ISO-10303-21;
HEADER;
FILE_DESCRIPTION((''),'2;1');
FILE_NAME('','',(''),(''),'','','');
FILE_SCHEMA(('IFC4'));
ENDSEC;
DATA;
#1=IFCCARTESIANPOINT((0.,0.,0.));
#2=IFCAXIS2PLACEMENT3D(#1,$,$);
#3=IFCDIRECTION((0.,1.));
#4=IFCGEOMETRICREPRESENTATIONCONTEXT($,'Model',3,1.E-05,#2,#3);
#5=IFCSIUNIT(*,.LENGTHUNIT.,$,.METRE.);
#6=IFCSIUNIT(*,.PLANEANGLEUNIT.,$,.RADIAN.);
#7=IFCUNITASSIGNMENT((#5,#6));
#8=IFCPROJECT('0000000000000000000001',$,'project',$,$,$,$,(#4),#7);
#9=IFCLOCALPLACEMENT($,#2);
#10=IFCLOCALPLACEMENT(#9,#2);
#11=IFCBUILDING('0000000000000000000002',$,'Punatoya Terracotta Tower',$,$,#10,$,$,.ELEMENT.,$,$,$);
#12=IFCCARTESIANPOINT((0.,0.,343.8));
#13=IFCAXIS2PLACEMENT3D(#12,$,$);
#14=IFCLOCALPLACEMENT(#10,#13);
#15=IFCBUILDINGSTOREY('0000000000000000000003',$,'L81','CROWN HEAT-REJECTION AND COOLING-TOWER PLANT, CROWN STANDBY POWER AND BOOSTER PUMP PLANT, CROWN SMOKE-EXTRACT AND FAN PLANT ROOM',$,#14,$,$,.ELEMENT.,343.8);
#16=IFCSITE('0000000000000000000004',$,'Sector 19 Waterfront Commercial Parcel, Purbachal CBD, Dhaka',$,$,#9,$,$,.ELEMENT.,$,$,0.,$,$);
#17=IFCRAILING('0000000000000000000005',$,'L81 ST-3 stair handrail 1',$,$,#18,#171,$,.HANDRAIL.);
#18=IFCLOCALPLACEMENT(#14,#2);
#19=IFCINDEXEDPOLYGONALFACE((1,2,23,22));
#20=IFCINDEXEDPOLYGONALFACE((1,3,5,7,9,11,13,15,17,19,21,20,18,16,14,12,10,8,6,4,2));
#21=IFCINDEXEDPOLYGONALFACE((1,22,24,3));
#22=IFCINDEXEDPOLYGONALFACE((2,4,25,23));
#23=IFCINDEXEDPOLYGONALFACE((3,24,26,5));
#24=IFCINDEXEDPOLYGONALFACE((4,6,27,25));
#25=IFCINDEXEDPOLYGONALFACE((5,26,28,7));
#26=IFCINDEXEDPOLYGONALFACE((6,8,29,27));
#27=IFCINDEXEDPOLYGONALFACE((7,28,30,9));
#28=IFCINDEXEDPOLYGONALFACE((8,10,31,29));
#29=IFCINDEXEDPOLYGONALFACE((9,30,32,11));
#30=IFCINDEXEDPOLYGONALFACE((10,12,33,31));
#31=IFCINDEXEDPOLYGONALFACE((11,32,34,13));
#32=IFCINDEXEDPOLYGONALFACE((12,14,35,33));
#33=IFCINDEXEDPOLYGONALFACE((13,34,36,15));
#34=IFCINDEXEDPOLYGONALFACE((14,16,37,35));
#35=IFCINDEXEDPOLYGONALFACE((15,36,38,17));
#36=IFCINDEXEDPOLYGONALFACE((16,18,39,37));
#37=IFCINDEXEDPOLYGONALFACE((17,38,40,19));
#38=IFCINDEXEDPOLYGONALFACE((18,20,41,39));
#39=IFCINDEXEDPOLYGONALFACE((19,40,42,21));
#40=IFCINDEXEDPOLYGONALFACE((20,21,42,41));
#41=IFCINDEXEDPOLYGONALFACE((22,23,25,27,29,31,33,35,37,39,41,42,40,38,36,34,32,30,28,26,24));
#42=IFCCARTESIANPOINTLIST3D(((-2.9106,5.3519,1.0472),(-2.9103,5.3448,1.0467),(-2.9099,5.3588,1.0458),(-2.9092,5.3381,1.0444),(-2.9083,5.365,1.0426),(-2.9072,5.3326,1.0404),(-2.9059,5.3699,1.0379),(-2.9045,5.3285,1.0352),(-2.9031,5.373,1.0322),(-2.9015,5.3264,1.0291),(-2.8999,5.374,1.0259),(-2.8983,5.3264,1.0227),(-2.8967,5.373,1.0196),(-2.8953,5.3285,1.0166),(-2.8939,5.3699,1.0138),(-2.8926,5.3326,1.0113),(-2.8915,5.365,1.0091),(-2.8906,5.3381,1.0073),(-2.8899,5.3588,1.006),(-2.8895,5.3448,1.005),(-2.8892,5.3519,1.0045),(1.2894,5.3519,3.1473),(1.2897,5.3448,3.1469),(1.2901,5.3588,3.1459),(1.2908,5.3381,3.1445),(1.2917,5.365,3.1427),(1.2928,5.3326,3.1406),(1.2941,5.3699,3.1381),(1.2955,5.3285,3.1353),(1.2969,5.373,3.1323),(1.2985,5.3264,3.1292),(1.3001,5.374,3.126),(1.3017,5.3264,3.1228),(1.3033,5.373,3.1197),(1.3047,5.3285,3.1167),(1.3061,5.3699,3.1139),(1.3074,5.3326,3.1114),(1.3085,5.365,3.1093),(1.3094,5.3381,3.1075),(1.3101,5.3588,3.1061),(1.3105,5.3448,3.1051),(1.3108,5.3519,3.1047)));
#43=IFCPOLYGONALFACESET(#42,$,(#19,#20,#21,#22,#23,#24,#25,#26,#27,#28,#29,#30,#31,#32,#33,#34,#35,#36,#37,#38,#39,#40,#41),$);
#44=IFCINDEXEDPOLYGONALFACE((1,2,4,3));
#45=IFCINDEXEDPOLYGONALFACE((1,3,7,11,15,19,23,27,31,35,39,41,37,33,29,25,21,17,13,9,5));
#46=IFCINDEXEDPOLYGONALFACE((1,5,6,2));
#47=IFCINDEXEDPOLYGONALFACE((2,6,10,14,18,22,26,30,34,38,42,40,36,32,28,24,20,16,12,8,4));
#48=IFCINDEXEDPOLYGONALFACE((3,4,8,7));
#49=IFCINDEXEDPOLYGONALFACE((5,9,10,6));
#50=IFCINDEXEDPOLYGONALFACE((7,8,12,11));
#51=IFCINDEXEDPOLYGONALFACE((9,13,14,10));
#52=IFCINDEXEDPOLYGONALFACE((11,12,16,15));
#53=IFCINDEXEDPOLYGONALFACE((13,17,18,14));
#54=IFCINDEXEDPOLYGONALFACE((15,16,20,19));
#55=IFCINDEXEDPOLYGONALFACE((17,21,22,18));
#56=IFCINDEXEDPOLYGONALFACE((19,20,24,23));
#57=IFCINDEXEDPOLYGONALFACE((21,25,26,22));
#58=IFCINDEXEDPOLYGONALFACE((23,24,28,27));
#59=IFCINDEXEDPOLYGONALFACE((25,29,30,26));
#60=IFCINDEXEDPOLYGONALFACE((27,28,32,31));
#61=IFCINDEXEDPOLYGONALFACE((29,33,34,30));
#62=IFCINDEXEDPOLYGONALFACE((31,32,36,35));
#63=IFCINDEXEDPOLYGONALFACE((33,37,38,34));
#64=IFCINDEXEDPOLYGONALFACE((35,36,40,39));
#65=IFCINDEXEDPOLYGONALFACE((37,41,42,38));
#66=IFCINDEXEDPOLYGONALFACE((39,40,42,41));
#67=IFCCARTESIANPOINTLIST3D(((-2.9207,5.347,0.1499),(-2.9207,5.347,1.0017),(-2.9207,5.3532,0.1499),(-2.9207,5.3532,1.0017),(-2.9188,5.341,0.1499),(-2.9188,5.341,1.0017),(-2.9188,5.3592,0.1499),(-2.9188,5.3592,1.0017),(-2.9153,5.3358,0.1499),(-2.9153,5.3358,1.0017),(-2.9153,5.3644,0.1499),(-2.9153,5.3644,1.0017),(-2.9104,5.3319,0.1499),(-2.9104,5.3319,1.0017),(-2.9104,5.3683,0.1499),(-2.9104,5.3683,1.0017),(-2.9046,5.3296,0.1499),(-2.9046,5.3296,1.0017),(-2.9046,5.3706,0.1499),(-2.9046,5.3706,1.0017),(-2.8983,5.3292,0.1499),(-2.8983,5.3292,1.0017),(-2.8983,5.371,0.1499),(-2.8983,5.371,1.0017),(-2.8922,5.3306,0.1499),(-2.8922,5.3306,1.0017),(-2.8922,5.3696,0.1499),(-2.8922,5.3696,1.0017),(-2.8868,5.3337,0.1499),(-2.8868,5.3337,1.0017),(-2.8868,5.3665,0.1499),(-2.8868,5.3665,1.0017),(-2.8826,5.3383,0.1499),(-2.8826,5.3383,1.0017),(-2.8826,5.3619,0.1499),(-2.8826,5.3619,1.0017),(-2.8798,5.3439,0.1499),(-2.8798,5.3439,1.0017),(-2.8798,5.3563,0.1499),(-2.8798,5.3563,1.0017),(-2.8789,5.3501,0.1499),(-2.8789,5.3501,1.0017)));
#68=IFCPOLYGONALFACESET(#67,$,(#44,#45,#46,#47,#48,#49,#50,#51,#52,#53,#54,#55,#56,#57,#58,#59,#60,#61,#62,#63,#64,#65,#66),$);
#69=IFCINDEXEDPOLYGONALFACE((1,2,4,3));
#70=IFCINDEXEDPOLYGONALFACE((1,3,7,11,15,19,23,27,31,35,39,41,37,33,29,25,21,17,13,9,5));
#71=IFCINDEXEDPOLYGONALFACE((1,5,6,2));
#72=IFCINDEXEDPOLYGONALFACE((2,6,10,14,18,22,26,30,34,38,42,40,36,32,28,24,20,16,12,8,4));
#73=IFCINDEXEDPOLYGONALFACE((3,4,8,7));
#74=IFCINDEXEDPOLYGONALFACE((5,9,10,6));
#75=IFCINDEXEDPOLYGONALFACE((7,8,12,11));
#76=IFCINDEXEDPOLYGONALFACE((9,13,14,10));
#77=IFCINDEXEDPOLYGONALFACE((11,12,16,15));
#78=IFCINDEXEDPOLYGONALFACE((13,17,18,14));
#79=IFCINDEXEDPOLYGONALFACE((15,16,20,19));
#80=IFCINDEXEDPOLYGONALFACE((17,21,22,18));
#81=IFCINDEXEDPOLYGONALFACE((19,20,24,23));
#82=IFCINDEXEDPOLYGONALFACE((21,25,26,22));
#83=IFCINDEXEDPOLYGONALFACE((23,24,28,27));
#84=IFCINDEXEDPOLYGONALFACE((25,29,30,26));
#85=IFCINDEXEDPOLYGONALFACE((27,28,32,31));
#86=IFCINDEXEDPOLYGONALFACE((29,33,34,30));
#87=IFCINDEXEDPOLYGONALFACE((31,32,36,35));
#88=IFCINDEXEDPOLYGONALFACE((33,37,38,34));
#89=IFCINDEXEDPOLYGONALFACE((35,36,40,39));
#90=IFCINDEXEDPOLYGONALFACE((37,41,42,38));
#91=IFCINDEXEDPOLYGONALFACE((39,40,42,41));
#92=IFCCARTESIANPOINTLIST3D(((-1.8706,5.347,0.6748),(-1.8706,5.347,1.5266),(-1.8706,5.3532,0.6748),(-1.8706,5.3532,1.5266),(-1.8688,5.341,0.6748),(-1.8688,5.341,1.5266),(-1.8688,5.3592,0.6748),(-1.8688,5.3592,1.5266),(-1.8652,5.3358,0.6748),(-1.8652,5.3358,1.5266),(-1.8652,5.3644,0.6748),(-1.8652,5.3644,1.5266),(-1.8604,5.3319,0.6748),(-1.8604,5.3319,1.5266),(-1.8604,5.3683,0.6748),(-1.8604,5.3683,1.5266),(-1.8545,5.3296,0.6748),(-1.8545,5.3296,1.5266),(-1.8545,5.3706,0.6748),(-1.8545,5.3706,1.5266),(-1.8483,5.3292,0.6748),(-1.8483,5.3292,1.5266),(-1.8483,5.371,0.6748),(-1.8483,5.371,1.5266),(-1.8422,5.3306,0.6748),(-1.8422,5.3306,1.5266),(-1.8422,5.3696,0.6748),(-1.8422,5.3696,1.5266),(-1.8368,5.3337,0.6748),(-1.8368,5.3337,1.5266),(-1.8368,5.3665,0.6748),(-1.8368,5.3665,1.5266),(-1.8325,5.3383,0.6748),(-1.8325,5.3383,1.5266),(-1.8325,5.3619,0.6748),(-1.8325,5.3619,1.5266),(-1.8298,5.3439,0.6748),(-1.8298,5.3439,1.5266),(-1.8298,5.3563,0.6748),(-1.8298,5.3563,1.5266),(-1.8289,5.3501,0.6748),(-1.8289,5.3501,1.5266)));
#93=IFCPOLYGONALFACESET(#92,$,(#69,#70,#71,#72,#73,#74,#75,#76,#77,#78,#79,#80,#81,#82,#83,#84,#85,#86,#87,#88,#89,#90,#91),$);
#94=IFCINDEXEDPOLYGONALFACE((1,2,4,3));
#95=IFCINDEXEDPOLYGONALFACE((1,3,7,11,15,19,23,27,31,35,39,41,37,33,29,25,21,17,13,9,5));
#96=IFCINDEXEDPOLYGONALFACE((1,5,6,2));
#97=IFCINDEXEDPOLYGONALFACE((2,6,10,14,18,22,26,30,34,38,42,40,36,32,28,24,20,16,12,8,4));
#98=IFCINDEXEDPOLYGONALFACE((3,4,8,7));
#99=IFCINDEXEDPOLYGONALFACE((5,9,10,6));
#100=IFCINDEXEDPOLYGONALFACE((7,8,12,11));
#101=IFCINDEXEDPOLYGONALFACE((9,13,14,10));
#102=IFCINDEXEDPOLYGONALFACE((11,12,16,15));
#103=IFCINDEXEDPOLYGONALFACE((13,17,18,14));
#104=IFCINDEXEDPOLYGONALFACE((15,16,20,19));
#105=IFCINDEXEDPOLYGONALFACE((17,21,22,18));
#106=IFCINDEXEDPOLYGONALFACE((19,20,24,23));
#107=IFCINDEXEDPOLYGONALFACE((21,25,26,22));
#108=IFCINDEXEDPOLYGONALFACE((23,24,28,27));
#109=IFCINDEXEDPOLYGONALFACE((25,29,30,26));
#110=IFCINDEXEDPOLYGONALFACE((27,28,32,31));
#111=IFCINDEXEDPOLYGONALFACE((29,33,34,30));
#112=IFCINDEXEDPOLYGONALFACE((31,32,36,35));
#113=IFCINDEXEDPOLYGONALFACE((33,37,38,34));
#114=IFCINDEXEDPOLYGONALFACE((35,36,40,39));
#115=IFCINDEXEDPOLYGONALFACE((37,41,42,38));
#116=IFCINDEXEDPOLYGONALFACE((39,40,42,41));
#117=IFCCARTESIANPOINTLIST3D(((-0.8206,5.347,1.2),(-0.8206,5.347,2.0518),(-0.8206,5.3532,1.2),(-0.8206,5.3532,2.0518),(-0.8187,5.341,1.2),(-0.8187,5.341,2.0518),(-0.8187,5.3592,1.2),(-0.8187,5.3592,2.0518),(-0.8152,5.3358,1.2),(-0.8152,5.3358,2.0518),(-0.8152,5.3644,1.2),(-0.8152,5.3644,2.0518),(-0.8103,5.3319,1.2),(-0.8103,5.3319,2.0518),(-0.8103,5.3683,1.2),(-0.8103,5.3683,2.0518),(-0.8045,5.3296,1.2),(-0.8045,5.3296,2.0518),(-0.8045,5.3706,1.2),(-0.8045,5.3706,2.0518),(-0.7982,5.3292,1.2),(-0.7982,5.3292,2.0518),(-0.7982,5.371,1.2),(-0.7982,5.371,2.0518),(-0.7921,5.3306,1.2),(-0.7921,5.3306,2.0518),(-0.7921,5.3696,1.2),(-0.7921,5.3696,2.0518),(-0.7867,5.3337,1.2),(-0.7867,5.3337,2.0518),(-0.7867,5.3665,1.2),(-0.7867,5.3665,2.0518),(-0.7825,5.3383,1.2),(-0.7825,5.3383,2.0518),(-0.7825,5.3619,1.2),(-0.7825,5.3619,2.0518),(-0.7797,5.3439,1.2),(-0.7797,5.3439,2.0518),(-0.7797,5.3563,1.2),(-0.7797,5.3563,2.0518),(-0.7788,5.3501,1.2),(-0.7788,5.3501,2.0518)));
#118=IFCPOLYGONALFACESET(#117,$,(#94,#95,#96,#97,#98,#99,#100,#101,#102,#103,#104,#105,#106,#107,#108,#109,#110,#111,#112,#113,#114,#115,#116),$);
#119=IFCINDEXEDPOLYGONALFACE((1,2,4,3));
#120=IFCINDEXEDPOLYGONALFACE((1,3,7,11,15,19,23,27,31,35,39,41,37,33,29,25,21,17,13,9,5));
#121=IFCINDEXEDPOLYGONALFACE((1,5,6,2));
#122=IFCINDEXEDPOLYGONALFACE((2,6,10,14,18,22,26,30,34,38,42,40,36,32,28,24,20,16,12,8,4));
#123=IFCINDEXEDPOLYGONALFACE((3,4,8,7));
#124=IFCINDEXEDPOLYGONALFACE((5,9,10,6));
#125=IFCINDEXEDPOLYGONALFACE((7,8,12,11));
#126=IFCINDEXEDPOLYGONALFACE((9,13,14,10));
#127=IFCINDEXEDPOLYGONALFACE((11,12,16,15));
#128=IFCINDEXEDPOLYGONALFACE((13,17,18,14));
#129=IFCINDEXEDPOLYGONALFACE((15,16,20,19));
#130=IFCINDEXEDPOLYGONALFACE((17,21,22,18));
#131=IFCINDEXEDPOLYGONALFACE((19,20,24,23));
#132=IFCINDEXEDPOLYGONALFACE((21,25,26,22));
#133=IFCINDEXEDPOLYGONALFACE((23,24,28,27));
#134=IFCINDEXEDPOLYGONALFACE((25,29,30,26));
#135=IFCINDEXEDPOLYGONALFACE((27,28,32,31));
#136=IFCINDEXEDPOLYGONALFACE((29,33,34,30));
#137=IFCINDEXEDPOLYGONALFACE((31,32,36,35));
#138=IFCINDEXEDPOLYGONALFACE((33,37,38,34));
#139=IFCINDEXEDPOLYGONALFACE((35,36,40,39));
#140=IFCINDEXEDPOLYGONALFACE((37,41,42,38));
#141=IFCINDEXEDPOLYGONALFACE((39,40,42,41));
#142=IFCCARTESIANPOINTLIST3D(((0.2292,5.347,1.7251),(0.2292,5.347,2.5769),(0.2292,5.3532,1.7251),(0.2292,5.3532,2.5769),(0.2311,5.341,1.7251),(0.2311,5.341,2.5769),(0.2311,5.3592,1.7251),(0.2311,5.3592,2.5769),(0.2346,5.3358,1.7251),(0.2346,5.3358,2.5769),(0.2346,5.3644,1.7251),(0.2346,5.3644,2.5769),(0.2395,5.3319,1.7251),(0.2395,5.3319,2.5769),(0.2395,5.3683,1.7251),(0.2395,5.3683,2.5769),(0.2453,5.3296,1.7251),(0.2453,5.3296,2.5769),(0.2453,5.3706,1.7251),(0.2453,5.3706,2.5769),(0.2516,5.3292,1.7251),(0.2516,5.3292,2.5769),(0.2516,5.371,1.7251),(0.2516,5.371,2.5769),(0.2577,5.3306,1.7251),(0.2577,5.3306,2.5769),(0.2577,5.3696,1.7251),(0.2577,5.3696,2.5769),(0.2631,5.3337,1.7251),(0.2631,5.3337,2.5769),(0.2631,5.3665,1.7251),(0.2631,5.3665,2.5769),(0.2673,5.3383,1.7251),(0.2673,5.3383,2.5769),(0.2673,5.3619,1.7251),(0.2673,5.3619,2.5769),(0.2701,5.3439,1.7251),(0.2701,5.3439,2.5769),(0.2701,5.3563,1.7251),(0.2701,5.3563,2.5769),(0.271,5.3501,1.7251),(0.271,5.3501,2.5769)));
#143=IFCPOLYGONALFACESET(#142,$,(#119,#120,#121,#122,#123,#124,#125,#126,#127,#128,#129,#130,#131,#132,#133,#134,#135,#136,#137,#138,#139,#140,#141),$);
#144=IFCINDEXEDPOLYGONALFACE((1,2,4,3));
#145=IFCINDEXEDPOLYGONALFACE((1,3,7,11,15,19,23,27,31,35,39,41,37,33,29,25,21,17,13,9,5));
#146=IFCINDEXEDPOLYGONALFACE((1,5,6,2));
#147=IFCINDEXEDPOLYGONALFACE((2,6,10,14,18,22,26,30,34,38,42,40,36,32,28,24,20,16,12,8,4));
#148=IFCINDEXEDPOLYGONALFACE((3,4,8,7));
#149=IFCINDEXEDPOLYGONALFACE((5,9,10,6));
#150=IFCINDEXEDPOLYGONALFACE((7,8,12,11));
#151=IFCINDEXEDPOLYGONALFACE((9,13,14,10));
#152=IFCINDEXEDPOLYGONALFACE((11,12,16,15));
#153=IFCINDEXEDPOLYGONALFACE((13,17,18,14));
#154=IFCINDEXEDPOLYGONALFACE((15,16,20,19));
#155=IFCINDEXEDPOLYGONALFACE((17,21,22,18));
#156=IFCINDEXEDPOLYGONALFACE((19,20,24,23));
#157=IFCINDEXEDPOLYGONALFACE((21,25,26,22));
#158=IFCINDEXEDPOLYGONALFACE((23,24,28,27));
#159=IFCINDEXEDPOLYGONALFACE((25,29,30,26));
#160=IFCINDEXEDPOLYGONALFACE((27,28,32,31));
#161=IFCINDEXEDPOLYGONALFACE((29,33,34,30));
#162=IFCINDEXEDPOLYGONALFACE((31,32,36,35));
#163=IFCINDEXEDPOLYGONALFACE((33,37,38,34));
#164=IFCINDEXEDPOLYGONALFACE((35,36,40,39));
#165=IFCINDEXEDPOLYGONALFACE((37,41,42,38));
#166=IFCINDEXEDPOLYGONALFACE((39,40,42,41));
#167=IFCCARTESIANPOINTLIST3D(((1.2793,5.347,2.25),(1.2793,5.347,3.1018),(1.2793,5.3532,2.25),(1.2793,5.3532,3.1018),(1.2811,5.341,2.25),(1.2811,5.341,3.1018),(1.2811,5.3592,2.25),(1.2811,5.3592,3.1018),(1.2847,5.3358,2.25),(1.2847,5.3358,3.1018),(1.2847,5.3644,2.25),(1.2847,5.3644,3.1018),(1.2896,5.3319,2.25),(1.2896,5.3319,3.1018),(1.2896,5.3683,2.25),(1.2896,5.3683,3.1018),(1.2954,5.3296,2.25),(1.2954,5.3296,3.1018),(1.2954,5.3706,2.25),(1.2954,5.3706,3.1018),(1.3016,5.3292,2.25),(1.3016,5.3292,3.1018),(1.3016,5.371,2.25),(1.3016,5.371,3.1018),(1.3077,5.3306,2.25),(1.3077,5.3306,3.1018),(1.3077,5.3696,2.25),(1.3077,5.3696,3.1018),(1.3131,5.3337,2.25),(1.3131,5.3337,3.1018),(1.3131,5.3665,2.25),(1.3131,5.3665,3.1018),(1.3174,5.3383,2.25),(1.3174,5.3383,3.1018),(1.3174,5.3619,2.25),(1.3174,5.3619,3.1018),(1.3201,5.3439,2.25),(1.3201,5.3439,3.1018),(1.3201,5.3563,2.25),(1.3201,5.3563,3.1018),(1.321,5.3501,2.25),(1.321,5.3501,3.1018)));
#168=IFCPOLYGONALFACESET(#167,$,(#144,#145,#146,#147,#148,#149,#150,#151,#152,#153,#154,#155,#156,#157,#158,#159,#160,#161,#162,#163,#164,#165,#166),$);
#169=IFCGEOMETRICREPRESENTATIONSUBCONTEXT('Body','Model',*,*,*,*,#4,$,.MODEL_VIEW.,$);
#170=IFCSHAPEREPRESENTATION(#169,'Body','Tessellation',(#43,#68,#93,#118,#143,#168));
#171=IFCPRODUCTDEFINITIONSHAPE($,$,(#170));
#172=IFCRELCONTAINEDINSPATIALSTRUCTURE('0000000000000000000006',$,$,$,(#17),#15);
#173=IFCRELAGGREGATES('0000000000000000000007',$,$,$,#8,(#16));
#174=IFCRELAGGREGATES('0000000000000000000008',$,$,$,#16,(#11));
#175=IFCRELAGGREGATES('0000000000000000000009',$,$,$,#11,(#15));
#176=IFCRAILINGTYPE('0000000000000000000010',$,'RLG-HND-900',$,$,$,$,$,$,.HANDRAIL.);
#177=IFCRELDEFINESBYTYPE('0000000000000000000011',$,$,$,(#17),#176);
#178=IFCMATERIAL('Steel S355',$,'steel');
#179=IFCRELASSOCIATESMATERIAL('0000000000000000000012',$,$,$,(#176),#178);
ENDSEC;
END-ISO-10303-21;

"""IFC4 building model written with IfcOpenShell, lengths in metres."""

from ifc_helpers import new_model, si_unit, direction, frame, origin, origin_2d, place, context, subcontext, project, spatial, circle, extrude, material, type_object, element, save


model = new_model("IFC4")

# Units and contexts
model_context = context("Model", 3, precision=1e-05, world=origin(), true_north=direction((0.0, 1.0)))
body_context = subcontext(model_context, "Body", "Model", "MODEL_VIEW")
ifc_project = project(units=[si_unit("LENGTHUNIT", "METRE"), si_unit("PLANEANGLEUNIT", "RADIAN")], contexts=[model_context])

# Site, building, storey
site_placement = place(None, origin())
site = spatial("IfcSite", under=ifc_project, at=site_placement, Name="Sector 19 Waterfront Commercial Parcel, Purbachal CBD, Dhaka", CompositionType="ELEMENT", RefElevation=0.0)
building_placement = place(site_placement, origin())
building = spatial("IfcBuilding", under=site, at=building_placement, Name="Punatoya Terracotta Tower", CompositionType="ELEMENT")
storey_placement = place(building_placement, frame((0.0, 0.0, 343.8)))
storey = spatial("IfcBuildingStorey", under=building, at=storey_placement, Name="L81", Description="CROWN HEAT-REJECTION AND COOLING-TOWER PLANT, CROWN STANDBY POWER AND BOOSTER PUMP PLANT, CROWN SMOKE-EXTRACT AND FAN PLANT ROOM", CompositionType="ELEMENT", Elevation=343.8)

# Shared definitions
ifc_material_1 = material(Name="Steel S355", Category="steel")

# Railing
railing_type_1 = type_object("IfcRailingType", Name="RLG-HND-900", PredefinedType="HANDRAIL", material=ifc_material_1)
railing_1_placement = place(storey_placement, frame((-2.8999, 5.3501, 0.1499)))
element("IfcRailing", 1, at=railing_1_placement, inside=storey, type_object=railing_type_1, Name="L81 ST-3 stair handrail 1", PredefinedType="HANDRAIL", context=body_context, shape_type="SweptSolid", body=[
    extrude(circle(Radius=0.0239, at=origin_2d()), frame((0.0, 0.0, 0.876), z_axis=(0.894417, 0.0, 0.447234), x_axis=(0.0, 1.0, 0.0)), (0.0, 0.0, 1.0), 4.6958),
    extrude(circle(Radius=0.021, at=origin_2d()), origin(), (0.0, 0.0, 1.0), 0.8518),
    extrude(circle(Radius=0.021, at=origin_2d()), frame((1.05, 0.0, 0.5249)), (0.0, 0.0, 1.0), 0.8518),
    extrude(circle(Radius=0.021, at=origin_2d()), frame((2.1001, 0.0, 1.05)), (0.0, 0.0, 1.0), 0.8518),
    extrude(circle(Radius=0.021, at=origin_2d()), frame((3.1499, 0.0, 1.5752)), (0.0, 0.0, 1.0), 0.8518),
    extrude(circle(Radius=0.021, at=origin_2d()), frame((4.2, 0.0, 2.1001)), (0.0, 0.0, 1.0), 0.8518),
])

save(model, "model.ifc")
